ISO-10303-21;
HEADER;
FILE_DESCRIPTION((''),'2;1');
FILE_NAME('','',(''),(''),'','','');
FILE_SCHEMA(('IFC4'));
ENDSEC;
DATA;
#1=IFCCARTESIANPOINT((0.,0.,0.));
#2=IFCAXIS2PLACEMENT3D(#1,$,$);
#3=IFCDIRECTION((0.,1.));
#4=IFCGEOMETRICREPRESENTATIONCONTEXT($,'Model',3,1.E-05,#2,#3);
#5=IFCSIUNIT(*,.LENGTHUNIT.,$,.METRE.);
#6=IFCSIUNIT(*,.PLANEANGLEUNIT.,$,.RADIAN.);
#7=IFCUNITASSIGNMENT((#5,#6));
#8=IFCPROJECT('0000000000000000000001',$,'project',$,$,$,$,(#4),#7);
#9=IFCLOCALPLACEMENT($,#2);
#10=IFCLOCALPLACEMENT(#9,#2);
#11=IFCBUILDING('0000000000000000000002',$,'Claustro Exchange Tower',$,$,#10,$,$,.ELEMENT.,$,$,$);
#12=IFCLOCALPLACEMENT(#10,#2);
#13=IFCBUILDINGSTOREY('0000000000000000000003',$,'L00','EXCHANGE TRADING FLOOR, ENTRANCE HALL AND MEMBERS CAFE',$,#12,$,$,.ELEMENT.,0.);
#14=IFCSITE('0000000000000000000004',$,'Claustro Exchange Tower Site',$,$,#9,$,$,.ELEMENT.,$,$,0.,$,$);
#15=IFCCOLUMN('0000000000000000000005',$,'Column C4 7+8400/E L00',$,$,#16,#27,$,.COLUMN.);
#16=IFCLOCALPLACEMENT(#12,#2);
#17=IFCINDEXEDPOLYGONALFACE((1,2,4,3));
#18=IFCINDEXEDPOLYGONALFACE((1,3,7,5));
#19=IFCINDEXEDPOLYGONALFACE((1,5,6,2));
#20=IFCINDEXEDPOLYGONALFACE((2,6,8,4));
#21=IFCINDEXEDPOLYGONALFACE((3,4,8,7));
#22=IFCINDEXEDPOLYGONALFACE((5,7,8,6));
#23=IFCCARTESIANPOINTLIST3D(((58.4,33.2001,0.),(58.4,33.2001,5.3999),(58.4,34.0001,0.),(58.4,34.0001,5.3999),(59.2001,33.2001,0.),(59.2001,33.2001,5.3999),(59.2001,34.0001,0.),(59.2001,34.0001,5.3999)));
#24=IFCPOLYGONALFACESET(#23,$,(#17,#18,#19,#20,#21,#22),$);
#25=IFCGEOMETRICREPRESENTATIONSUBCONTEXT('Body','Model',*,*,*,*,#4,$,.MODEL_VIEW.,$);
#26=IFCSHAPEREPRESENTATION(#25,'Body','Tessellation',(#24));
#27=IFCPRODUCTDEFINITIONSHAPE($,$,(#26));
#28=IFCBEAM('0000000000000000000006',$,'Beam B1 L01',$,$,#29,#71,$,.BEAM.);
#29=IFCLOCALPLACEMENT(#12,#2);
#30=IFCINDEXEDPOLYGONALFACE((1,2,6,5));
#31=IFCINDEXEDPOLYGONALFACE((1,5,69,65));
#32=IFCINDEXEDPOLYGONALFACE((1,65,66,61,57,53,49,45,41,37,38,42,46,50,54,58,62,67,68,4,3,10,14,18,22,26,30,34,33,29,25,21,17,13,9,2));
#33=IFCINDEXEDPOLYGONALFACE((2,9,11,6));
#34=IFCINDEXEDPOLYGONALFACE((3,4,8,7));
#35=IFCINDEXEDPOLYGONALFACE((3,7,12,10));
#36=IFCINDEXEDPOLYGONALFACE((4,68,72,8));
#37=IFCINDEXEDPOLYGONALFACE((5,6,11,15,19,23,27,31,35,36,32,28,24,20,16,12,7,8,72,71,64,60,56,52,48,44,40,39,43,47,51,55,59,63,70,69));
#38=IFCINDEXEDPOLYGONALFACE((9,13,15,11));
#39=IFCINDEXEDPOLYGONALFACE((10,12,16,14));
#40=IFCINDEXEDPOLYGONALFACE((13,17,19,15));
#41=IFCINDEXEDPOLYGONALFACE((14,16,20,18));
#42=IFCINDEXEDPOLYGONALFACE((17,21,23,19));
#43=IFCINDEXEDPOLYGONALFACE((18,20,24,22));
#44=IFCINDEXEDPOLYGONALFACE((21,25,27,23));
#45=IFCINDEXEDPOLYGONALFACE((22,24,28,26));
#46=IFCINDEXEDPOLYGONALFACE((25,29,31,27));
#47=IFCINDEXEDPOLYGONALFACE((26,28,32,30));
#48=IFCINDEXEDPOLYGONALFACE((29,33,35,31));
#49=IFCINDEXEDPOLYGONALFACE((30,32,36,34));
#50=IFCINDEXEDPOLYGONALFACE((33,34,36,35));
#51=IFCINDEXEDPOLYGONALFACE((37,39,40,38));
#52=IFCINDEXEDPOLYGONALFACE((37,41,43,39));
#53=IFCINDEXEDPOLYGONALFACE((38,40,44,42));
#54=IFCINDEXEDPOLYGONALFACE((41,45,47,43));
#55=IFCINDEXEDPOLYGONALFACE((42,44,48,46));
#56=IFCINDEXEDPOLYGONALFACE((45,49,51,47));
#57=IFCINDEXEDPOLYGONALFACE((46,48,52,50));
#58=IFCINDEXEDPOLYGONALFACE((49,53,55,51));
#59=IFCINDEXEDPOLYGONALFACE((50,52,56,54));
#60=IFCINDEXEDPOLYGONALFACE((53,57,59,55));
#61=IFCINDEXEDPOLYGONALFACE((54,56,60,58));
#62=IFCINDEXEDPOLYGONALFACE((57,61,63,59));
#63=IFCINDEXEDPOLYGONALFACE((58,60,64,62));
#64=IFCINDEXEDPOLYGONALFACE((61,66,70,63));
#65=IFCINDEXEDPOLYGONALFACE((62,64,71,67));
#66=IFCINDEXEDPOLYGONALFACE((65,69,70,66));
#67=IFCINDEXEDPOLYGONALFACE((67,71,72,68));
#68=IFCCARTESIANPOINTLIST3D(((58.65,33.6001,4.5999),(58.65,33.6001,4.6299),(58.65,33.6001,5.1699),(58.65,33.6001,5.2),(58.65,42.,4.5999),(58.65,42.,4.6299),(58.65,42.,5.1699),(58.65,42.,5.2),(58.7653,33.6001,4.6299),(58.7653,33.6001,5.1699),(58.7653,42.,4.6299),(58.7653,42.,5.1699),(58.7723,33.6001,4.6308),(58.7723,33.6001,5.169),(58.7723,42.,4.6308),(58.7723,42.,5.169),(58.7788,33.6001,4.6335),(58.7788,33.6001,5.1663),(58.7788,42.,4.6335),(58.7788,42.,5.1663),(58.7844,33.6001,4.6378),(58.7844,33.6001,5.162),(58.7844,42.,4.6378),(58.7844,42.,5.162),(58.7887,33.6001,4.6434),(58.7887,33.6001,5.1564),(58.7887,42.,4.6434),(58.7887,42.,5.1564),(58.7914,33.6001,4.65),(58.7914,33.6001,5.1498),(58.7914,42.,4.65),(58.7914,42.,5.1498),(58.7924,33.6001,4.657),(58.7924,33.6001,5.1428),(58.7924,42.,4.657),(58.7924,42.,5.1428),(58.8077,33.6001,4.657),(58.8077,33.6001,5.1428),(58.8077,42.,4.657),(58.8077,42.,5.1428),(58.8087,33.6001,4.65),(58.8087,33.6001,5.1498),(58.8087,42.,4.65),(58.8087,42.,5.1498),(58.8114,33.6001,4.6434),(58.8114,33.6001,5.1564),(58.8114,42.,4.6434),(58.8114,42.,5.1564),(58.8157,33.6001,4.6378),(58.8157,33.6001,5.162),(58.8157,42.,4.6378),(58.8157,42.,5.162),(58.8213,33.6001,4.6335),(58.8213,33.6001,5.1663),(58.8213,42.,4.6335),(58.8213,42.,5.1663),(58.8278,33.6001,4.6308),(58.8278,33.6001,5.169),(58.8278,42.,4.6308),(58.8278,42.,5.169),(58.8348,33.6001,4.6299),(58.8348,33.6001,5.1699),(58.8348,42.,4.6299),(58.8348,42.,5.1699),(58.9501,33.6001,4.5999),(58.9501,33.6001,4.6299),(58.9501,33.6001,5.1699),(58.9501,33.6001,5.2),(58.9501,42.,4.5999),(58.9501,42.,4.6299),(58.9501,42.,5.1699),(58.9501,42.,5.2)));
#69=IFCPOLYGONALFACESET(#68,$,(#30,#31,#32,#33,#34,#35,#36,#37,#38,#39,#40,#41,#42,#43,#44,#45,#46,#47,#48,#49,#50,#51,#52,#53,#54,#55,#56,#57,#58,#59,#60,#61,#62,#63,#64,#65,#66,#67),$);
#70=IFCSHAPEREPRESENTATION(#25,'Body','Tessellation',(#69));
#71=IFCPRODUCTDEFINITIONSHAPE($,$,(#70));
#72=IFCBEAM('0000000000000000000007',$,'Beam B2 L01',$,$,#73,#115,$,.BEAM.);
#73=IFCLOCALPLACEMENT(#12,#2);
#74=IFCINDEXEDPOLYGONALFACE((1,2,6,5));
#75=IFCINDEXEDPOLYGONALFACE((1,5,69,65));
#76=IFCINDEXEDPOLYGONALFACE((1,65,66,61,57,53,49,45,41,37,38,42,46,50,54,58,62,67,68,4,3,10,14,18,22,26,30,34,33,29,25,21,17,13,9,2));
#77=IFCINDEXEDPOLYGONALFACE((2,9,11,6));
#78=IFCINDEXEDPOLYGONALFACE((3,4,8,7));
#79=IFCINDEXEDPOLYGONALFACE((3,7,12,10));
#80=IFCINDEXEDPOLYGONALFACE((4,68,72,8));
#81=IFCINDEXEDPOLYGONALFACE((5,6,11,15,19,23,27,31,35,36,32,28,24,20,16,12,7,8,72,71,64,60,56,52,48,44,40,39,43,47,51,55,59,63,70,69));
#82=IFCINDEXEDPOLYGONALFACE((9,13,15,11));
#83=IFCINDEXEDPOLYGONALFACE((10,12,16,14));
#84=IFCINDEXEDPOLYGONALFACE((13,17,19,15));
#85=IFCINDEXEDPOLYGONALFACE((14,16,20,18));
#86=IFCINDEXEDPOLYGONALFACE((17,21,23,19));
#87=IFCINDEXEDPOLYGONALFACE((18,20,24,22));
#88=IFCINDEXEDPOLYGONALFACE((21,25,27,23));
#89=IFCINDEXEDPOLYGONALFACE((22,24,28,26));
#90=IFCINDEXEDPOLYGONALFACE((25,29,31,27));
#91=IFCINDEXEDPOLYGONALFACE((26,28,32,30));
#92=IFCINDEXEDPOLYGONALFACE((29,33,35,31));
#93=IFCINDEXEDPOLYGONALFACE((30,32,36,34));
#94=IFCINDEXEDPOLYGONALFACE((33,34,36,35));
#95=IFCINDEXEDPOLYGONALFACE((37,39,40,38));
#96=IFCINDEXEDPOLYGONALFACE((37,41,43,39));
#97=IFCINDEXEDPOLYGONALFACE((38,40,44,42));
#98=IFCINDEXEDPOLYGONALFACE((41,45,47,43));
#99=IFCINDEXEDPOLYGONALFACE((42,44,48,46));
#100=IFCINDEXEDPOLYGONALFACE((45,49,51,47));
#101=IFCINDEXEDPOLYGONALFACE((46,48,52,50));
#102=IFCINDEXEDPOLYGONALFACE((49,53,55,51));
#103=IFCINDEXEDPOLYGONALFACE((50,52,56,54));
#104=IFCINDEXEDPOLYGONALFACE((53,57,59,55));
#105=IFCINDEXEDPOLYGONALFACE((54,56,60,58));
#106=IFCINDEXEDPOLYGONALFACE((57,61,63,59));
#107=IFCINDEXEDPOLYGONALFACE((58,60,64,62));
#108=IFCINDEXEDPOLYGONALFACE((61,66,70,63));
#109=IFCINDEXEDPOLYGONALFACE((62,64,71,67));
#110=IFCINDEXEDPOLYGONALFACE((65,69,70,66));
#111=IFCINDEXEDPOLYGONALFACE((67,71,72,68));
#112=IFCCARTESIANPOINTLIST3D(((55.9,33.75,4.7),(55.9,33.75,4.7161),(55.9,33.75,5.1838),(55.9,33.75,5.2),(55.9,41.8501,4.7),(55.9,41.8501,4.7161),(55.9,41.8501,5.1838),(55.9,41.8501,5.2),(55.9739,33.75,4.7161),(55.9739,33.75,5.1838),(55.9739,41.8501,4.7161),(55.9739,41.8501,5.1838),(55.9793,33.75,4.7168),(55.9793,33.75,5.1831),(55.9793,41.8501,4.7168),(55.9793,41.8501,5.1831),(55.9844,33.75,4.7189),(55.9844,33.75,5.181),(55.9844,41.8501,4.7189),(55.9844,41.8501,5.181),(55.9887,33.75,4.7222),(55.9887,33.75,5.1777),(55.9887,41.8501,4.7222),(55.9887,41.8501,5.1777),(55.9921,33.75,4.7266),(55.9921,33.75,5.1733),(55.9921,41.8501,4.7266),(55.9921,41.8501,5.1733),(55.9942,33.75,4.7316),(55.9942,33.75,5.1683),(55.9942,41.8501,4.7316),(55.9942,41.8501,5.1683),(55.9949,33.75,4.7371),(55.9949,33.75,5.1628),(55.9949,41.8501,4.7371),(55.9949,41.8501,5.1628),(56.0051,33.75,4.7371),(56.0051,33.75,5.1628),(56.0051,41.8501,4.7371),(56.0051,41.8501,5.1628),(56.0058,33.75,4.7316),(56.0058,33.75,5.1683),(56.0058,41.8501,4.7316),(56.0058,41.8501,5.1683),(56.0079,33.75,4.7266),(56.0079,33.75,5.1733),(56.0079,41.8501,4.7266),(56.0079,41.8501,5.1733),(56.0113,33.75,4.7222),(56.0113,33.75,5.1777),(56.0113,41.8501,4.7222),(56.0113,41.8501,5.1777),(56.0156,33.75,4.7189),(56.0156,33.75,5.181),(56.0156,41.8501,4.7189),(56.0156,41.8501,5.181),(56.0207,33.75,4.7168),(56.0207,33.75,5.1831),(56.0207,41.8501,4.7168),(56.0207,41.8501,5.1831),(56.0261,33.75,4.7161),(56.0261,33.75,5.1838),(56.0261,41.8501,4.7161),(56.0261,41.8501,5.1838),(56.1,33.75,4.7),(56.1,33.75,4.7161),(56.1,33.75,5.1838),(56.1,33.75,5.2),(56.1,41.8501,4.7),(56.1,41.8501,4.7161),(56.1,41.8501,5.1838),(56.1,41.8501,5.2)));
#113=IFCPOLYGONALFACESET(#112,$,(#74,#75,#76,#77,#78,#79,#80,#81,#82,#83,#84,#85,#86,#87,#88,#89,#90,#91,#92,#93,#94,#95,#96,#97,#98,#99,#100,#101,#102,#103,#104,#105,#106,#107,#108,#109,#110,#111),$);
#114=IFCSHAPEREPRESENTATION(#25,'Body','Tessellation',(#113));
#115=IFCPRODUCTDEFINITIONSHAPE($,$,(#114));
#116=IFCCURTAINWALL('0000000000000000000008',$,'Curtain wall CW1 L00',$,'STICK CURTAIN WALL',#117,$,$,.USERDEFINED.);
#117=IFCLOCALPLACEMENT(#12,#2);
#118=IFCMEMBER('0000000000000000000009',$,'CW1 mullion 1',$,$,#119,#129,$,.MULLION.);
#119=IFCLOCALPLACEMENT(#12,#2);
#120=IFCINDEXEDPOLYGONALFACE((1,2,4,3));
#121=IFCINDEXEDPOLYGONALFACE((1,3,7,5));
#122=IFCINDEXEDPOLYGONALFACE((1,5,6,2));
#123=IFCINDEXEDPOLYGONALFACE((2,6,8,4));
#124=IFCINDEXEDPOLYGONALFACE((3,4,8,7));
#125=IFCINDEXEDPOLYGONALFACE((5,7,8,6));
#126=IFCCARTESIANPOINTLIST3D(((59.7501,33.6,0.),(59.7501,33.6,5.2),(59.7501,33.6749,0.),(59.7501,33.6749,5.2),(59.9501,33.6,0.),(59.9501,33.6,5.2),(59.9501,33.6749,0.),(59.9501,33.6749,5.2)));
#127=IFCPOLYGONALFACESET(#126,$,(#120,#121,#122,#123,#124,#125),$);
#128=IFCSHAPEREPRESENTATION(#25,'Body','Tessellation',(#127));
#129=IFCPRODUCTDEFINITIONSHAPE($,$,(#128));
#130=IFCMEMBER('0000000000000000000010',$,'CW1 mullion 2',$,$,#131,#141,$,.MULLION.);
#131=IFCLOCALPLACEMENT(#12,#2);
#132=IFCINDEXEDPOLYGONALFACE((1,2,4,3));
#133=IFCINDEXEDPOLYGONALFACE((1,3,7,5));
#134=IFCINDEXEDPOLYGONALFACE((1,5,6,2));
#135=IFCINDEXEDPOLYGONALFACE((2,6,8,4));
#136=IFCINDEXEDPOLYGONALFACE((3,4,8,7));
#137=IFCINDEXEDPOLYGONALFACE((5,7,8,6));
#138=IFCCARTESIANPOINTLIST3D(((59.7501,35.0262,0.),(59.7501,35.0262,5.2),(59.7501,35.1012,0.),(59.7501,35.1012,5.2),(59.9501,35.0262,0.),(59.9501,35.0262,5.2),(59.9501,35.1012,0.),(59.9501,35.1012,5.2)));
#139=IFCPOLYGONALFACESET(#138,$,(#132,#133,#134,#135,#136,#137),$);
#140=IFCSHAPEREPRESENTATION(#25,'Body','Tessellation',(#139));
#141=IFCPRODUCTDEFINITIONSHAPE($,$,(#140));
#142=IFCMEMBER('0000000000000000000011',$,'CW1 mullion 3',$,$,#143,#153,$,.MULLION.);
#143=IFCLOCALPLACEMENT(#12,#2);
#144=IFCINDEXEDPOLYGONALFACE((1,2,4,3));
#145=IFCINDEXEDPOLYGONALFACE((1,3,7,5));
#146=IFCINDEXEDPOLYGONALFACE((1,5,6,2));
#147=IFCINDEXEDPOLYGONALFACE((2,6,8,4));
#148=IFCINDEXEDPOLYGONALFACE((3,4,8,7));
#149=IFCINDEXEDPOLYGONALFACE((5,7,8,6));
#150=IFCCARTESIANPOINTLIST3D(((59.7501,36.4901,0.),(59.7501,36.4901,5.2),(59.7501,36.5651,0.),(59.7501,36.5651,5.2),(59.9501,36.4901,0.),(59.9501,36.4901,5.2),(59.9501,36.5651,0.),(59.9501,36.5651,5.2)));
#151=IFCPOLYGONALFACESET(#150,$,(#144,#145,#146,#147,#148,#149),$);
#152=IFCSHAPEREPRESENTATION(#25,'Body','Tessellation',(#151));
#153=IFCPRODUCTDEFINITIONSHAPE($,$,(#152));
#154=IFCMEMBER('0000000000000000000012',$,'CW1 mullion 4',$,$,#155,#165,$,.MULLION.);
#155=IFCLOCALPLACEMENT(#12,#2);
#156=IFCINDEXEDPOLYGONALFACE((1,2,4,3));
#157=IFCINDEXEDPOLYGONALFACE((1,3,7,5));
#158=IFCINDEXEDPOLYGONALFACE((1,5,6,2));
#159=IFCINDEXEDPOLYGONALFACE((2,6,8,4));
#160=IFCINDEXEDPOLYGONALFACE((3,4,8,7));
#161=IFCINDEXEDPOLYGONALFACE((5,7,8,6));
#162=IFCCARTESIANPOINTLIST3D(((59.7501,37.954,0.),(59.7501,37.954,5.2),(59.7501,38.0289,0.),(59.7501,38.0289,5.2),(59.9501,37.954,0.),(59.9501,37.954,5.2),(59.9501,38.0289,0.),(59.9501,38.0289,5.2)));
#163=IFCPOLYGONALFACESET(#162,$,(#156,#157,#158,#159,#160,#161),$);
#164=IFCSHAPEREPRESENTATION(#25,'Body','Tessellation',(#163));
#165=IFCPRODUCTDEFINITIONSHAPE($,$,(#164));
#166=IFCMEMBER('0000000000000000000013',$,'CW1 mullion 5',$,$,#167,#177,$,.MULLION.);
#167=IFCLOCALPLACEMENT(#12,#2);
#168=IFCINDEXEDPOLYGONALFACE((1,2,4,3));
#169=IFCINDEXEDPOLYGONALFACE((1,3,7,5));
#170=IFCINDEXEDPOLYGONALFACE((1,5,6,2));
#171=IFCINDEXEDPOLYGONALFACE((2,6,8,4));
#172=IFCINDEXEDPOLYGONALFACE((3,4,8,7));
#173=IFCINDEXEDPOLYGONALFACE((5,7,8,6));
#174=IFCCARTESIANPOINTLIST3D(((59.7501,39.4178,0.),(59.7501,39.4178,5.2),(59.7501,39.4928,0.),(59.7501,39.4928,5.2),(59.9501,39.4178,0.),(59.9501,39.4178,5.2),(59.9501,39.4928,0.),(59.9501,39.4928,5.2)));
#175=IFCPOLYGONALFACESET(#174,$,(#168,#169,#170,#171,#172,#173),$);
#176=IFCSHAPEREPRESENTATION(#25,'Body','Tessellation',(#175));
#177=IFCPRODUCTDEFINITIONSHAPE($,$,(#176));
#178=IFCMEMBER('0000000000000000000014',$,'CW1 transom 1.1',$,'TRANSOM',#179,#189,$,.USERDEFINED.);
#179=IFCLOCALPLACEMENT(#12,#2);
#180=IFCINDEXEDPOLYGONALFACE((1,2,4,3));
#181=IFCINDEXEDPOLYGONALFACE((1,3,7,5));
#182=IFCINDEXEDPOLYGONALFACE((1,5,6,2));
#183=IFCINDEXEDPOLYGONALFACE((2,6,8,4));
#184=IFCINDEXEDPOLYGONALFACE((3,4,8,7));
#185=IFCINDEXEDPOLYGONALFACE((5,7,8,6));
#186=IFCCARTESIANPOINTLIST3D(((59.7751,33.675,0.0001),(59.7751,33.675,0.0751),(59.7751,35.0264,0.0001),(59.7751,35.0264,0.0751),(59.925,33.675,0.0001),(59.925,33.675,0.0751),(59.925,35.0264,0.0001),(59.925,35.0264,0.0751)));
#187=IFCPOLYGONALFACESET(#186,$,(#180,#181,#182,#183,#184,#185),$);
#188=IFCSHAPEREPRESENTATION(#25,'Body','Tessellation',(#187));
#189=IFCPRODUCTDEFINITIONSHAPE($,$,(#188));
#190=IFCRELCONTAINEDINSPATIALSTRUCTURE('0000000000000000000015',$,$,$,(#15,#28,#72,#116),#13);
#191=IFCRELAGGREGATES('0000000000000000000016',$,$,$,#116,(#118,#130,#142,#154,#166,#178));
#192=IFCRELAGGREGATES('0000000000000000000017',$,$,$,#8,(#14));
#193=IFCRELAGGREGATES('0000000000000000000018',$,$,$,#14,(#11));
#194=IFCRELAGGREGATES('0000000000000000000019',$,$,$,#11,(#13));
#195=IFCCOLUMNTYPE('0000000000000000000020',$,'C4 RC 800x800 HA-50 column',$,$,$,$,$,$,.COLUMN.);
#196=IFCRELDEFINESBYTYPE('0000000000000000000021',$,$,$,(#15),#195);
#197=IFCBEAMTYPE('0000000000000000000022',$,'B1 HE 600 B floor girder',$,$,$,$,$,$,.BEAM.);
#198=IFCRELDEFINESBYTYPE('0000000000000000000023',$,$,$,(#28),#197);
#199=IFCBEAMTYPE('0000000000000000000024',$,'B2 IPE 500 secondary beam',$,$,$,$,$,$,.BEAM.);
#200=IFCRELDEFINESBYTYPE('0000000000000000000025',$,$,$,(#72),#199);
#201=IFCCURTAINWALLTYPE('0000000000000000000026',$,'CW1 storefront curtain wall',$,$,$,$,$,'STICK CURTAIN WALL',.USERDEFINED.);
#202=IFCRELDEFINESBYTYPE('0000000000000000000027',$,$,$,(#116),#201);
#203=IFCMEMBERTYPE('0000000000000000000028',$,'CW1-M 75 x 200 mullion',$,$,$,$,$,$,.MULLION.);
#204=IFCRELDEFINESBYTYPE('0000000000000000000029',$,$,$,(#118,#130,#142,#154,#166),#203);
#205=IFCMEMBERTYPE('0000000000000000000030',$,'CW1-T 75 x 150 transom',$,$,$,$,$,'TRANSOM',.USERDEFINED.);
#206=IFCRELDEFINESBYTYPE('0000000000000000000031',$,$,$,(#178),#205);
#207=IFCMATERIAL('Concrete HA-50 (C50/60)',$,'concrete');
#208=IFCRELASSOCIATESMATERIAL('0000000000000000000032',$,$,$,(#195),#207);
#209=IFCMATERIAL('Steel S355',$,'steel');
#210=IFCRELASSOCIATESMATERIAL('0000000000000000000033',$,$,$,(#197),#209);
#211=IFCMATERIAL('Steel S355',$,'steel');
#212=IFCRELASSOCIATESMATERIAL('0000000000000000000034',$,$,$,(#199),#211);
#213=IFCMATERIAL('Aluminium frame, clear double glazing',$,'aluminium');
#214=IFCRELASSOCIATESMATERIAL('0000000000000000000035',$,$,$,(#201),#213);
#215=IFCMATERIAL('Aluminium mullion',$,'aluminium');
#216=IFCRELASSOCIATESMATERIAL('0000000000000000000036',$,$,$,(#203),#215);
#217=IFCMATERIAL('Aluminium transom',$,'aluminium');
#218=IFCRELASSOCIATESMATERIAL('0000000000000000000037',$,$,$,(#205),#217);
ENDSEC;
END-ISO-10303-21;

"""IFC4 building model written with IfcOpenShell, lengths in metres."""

from ifc_helpers import new_model, si_unit, direction, frame, origin, origin_2d, place, context, subcontext, project, spatial, rectangle, i_section, extrude, material, material_profile, profile_set, type_object, element, aggregate, save


model = new_model("IFC4")

# Units and contexts
model_context = context("Model", 3, precision=1e-05, world=origin(), true_north=direction((0.0, 1.0)))
body_context = subcontext(model_context, "Body", "Model", "MODEL_VIEW")
ifc_project = project(units=[si_unit("LENGTHUNIT", "METRE"), si_unit("PLANEANGLEUNIT", "RADIAN")], contexts=[model_context])

# Site, building, storey
site_placement = place(None, origin())
site = spatial("IfcSite", under=ifc_project, at=site_placement, Name="Claustro Exchange Tower Site", CompositionType="ELEMENT", RefElevation=0.0)
building_placement = place(site_placement, origin())
building = spatial("IfcBuilding", under=site, at=building_placement, Name="Claustro Exchange Tower", CompositionType="ELEMENT")
storey_placement = place(building_placement, origin())
storey = spatial("IfcBuildingStorey", under=building, at=storey_placement, Name="L00", Description="EXCHANGE TRADING FLOOR, ENTRANCE HALL AND MEMBERS CAFE", CompositionType="ELEMENT", Elevation=0.0)

# Column
ifc_material_1 = material(Name="Concrete HA-50 (C50/60)", Category="concrete")
ifc_material_profile_1 = material_profile(ifc_material_1, rectangle(XDim=0.8, YDim=0.8, at=origin_2d()), Name="RC 800x800")
ifc_profile_set_1 = profile_set([ifc_material_profile_1], Name="Concrete HA-50 (C50/60)")
column_type = type_object("IfcColumnType", Name="C4 RC 800x800 HA-50 column", PredefinedType="COLUMN", material=ifc_profile_set_1)
column_placement = place(storey_placement, frame((58.8, 33.6001, 0.0), z_axis=(0.0, 0.0, 1.0), x_axis=(1.0, 0.0, 0.0)))
element("IfcColumn", 1, at=column_placement, inside=storey, type_object=column_type, Name="Column C4 7+8400/E L00", PredefinedType="COLUMN", context=body_context, shape_type="SweptSolid", body=[
    extrude(rectangle(XDim=0.8, YDim=0.8, at=origin_2d()), origin(), (0.0, 0.0, 1.0), 5.3999),
])

# Beams
ifc_material_2 = material(Name="Steel S355", Category="steel")
ifc_material_profile_2 = material_profile(ifc_material_2, i_section(OverallWidth=0.3, OverallDepth=0.6001, WebThickness=0.0154, FlangeThickness=0.03, FilletRadius=0.0271, at=origin_2d()), Name="HE 600 B")
ifc_profile_set_2 = profile_set([ifc_material_profile_2], Name="Steel S355")
beam_type_1 = type_object("IfcBeamType", Name="B1 HE 600 B floor girder", PredefinedType="BEAM", material=ifc_profile_set_2)
beam_1_placement = place(storey_placement, frame((58.8, 33.6001, 4.8999), z_axis=(0.0, 1.0, 0.0), x_axis=(-1.0, 0.0, 0.0)))
element("IfcBeam", 2, at=beam_1_placement, inside=storey, type_object=beam_type_1, Name="Beam B1 L01", PredefinedType="BEAM", context=body_context, shape_type="SweptSolid", body=[
    extrude(i_section(OverallWidth=0.3, OverallDepth=0.6001, WebThickness=0.0154, FlangeThickness=0.03, FilletRadius=0.0271, at=origin_2d()), origin(), (0.0, 0.0, 1.0), 8.3999),
])
ifc_material_3 = material(Name="Steel S355", Category="steel")
ifc_material_profile_3 = material_profile(ifc_material_3, i_section(OverallWidth=0.2, OverallDepth=0.5, WebThickness=0.0103, FlangeThickness=0.0161, FilletRadius=0.021, at=origin_2d()), Name="IPE 500")
ifc_profile_set_3 = profile_set([ifc_material_profile_3], Name="Steel S355")
beam_type_2 = type_object("IfcBeamType", Name="B2 IPE 500 secondary beam", PredefinedType="BEAM", material=ifc_profile_set_3)
beam_2_placement = place(storey_placement, frame((56.0, 33.75, 4.95), z_axis=(0.0, 1.0, 0.0), x_axis=(-1.0, 0.0, 0.0)))
element("IfcBeam", 3, at=beam_2_placement, inside=storey, type_object=beam_type_2, Name="Beam B2 L01", PredefinedType="BEAM", context=body_context, shape_type="SweptSolid", body=[
    extrude(i_section(OverallWidth=0.2, OverallDepth=0.5, WebThickness=0.0103, FlangeThickness=0.0161, FilletRadius=0.021, at=origin_2d()), origin(), (0.0, 0.0, 1.0), 8.1001),
])

# Curtain wall, members
ifc_material_4 = material(Name="Aluminium frame, clear double glazing", Category="aluminium")
curtain_wall_type = type_object("IfcCurtainWallType", Name="CW1 storefront curtain wall", ElementType="STICK CURTAIN WALL", PredefinedType="USERDEFINED", material=ifc_material_4)
curtain_wall_placement = place(storey_placement, origin())
curtain_wall = element("IfcCurtainWall", 4, at=curtain_wall_placement, inside=storey, type_object=curtain_wall_type, Name="Curtain wall CW1 L00", ObjectType="STICK CURTAIN WALL", PredefinedType="USERDEFINED")
ifc_material_5 = material(Name="Aluminium mullion", Category="aluminium")
ifc_material_profile_4 = material_profile(ifc_material_5, rectangle(XDim=0.2, YDim=0.075, at=origin_2d()), Name="CW1-M 75x200")
ifc_profile_set_4 = profile_set([ifc_material_profile_4], Name="Aluminium mullion")
member_type_1 = type_object("IfcMemberType", Name="CW1-M 75 x 200 mullion", PredefinedType="MULLION", material=ifc_profile_set_4)
member_1_placement = place(storey_placement, frame((59.8501, 33.6375, 0.0), z_axis=(0.0, 0.0, 1.0), x_axis=(-1.0, 0.0, 0.0)))
member_1 = element("IfcMember", 5, at=member_1_placement, type_object=member_type_1, Name="CW1 mullion 1", PredefinedType="MULLION", context=body_context, shape_type="SweptSolid", body=[
    extrude(rectangle(XDim=0.2, YDim=0.075, at=origin_2d()), origin(), (0.0, 0.0, 1.0), 5.2),
])
member_2_placement = place(storey_placement, frame((59.8501, 35.0637, 0.0), z_axis=(0.0, 0.0, 1.0), x_axis=(-1.0, 0.0, 0.0)))
member_2 = element("IfcMember", 6, at=member_2_placement, type_object=member_type_1, Name="CW1 mullion 2", PredefinedType="MULLION", context=body_context, shape_type="SweptSolid", body=[
    extrude(rectangle(XDim=0.2, YDim=0.075, at=origin_2d()), origin(), (0.0, 0.0, 1.0), 5.2),
])
member_3_placement = place(storey_placement, frame((59.8501, 36.5276, 0.0), z_axis=(0.0, 0.0, 1.0), x_axis=(-1.0, 0.0, 0.0)))
member_3 = element("IfcMember", 7, at=member_3_placement, type_object=member_type_1, Name="CW1 mullion 3", PredefinedType="MULLION", context=body_context, shape_type="SweptSolid", body=[
    extrude(rectangle(XDim=0.2, YDim=0.075, at=origin_2d()), origin(), (0.0, 0.0, 1.0), 5.2),
])
member_4_placement = place(storey_placement, frame((59.8501, 37.9915, 0.0), z_axis=(0.0, 0.0, 1.0), x_axis=(-1.0, 0.0, 0.0)))
member_4 = element("IfcMember", 8, at=member_4_placement, type_object=member_type_1, Name="CW1 mullion 4", PredefinedType="MULLION", context=body_context, shape_type="SweptSolid", body=[
    extrude(rectangle(XDim=0.2, YDim=0.075, at=origin_2d()), origin(), (0.0, 0.0, 1.0), 5.2),
])
member_5_placement = place(storey_placement, frame((59.8501, 39.4553, 0.0), z_axis=(0.0, 0.0, 1.0), x_axis=(-1.0, 0.0, 0.0)))
member_5 = element("IfcMember", 9, at=member_5_placement, type_object=member_type_1, Name="CW1 mullion 5", PredefinedType="MULLION", context=body_context, shape_type="SweptSolid", body=[
    extrude(rectangle(XDim=0.2, YDim=0.075, at=origin_2d()), origin(), (0.0, 0.0, 1.0), 5.2),
])
ifc_material_6 = material(Name="Aluminium transom", Category="aluminium")
ifc_material_profile_5 = material_profile(ifc_material_6, rectangle(XDim=0.1499, YDim=0.075, at=origin_2d()), Name="CW1-T 75x150")
ifc_profile_set_5 = profile_set([ifc_material_profile_5], Name="Aluminium transom")
member_type_2 = type_object("IfcMemberType", Name="CW1-T 75 x 150 transom", ElementType="TRANSOM", PredefinedType="USERDEFINED", material=ifc_profile_set_5)
member_6_placement = place(storey_placement, frame((59.8501, 33.675, 0.0376), z_axis=(0.0, 1.0, 0.0), x_axis=(-1.0, 0.0, 0.0)))
member_6 = element("IfcMember", 10, at=member_6_placement, type_object=member_type_2, Name="CW1 transom 1.1", ObjectType="TRANSOM", PredefinedType="USERDEFINED", context=body_context, shape_type="SweptSolid", body=[
    extrude(rectangle(XDim=0.1499, YDim=0.075, at=origin_2d()), origin(), (0.0, 0.0, 1.0), 1.3513),
])
aggregate(curtain_wall, [member_1, member_2, member_3, member_4, member_5, member_6])

save(model, "model.ifc")
